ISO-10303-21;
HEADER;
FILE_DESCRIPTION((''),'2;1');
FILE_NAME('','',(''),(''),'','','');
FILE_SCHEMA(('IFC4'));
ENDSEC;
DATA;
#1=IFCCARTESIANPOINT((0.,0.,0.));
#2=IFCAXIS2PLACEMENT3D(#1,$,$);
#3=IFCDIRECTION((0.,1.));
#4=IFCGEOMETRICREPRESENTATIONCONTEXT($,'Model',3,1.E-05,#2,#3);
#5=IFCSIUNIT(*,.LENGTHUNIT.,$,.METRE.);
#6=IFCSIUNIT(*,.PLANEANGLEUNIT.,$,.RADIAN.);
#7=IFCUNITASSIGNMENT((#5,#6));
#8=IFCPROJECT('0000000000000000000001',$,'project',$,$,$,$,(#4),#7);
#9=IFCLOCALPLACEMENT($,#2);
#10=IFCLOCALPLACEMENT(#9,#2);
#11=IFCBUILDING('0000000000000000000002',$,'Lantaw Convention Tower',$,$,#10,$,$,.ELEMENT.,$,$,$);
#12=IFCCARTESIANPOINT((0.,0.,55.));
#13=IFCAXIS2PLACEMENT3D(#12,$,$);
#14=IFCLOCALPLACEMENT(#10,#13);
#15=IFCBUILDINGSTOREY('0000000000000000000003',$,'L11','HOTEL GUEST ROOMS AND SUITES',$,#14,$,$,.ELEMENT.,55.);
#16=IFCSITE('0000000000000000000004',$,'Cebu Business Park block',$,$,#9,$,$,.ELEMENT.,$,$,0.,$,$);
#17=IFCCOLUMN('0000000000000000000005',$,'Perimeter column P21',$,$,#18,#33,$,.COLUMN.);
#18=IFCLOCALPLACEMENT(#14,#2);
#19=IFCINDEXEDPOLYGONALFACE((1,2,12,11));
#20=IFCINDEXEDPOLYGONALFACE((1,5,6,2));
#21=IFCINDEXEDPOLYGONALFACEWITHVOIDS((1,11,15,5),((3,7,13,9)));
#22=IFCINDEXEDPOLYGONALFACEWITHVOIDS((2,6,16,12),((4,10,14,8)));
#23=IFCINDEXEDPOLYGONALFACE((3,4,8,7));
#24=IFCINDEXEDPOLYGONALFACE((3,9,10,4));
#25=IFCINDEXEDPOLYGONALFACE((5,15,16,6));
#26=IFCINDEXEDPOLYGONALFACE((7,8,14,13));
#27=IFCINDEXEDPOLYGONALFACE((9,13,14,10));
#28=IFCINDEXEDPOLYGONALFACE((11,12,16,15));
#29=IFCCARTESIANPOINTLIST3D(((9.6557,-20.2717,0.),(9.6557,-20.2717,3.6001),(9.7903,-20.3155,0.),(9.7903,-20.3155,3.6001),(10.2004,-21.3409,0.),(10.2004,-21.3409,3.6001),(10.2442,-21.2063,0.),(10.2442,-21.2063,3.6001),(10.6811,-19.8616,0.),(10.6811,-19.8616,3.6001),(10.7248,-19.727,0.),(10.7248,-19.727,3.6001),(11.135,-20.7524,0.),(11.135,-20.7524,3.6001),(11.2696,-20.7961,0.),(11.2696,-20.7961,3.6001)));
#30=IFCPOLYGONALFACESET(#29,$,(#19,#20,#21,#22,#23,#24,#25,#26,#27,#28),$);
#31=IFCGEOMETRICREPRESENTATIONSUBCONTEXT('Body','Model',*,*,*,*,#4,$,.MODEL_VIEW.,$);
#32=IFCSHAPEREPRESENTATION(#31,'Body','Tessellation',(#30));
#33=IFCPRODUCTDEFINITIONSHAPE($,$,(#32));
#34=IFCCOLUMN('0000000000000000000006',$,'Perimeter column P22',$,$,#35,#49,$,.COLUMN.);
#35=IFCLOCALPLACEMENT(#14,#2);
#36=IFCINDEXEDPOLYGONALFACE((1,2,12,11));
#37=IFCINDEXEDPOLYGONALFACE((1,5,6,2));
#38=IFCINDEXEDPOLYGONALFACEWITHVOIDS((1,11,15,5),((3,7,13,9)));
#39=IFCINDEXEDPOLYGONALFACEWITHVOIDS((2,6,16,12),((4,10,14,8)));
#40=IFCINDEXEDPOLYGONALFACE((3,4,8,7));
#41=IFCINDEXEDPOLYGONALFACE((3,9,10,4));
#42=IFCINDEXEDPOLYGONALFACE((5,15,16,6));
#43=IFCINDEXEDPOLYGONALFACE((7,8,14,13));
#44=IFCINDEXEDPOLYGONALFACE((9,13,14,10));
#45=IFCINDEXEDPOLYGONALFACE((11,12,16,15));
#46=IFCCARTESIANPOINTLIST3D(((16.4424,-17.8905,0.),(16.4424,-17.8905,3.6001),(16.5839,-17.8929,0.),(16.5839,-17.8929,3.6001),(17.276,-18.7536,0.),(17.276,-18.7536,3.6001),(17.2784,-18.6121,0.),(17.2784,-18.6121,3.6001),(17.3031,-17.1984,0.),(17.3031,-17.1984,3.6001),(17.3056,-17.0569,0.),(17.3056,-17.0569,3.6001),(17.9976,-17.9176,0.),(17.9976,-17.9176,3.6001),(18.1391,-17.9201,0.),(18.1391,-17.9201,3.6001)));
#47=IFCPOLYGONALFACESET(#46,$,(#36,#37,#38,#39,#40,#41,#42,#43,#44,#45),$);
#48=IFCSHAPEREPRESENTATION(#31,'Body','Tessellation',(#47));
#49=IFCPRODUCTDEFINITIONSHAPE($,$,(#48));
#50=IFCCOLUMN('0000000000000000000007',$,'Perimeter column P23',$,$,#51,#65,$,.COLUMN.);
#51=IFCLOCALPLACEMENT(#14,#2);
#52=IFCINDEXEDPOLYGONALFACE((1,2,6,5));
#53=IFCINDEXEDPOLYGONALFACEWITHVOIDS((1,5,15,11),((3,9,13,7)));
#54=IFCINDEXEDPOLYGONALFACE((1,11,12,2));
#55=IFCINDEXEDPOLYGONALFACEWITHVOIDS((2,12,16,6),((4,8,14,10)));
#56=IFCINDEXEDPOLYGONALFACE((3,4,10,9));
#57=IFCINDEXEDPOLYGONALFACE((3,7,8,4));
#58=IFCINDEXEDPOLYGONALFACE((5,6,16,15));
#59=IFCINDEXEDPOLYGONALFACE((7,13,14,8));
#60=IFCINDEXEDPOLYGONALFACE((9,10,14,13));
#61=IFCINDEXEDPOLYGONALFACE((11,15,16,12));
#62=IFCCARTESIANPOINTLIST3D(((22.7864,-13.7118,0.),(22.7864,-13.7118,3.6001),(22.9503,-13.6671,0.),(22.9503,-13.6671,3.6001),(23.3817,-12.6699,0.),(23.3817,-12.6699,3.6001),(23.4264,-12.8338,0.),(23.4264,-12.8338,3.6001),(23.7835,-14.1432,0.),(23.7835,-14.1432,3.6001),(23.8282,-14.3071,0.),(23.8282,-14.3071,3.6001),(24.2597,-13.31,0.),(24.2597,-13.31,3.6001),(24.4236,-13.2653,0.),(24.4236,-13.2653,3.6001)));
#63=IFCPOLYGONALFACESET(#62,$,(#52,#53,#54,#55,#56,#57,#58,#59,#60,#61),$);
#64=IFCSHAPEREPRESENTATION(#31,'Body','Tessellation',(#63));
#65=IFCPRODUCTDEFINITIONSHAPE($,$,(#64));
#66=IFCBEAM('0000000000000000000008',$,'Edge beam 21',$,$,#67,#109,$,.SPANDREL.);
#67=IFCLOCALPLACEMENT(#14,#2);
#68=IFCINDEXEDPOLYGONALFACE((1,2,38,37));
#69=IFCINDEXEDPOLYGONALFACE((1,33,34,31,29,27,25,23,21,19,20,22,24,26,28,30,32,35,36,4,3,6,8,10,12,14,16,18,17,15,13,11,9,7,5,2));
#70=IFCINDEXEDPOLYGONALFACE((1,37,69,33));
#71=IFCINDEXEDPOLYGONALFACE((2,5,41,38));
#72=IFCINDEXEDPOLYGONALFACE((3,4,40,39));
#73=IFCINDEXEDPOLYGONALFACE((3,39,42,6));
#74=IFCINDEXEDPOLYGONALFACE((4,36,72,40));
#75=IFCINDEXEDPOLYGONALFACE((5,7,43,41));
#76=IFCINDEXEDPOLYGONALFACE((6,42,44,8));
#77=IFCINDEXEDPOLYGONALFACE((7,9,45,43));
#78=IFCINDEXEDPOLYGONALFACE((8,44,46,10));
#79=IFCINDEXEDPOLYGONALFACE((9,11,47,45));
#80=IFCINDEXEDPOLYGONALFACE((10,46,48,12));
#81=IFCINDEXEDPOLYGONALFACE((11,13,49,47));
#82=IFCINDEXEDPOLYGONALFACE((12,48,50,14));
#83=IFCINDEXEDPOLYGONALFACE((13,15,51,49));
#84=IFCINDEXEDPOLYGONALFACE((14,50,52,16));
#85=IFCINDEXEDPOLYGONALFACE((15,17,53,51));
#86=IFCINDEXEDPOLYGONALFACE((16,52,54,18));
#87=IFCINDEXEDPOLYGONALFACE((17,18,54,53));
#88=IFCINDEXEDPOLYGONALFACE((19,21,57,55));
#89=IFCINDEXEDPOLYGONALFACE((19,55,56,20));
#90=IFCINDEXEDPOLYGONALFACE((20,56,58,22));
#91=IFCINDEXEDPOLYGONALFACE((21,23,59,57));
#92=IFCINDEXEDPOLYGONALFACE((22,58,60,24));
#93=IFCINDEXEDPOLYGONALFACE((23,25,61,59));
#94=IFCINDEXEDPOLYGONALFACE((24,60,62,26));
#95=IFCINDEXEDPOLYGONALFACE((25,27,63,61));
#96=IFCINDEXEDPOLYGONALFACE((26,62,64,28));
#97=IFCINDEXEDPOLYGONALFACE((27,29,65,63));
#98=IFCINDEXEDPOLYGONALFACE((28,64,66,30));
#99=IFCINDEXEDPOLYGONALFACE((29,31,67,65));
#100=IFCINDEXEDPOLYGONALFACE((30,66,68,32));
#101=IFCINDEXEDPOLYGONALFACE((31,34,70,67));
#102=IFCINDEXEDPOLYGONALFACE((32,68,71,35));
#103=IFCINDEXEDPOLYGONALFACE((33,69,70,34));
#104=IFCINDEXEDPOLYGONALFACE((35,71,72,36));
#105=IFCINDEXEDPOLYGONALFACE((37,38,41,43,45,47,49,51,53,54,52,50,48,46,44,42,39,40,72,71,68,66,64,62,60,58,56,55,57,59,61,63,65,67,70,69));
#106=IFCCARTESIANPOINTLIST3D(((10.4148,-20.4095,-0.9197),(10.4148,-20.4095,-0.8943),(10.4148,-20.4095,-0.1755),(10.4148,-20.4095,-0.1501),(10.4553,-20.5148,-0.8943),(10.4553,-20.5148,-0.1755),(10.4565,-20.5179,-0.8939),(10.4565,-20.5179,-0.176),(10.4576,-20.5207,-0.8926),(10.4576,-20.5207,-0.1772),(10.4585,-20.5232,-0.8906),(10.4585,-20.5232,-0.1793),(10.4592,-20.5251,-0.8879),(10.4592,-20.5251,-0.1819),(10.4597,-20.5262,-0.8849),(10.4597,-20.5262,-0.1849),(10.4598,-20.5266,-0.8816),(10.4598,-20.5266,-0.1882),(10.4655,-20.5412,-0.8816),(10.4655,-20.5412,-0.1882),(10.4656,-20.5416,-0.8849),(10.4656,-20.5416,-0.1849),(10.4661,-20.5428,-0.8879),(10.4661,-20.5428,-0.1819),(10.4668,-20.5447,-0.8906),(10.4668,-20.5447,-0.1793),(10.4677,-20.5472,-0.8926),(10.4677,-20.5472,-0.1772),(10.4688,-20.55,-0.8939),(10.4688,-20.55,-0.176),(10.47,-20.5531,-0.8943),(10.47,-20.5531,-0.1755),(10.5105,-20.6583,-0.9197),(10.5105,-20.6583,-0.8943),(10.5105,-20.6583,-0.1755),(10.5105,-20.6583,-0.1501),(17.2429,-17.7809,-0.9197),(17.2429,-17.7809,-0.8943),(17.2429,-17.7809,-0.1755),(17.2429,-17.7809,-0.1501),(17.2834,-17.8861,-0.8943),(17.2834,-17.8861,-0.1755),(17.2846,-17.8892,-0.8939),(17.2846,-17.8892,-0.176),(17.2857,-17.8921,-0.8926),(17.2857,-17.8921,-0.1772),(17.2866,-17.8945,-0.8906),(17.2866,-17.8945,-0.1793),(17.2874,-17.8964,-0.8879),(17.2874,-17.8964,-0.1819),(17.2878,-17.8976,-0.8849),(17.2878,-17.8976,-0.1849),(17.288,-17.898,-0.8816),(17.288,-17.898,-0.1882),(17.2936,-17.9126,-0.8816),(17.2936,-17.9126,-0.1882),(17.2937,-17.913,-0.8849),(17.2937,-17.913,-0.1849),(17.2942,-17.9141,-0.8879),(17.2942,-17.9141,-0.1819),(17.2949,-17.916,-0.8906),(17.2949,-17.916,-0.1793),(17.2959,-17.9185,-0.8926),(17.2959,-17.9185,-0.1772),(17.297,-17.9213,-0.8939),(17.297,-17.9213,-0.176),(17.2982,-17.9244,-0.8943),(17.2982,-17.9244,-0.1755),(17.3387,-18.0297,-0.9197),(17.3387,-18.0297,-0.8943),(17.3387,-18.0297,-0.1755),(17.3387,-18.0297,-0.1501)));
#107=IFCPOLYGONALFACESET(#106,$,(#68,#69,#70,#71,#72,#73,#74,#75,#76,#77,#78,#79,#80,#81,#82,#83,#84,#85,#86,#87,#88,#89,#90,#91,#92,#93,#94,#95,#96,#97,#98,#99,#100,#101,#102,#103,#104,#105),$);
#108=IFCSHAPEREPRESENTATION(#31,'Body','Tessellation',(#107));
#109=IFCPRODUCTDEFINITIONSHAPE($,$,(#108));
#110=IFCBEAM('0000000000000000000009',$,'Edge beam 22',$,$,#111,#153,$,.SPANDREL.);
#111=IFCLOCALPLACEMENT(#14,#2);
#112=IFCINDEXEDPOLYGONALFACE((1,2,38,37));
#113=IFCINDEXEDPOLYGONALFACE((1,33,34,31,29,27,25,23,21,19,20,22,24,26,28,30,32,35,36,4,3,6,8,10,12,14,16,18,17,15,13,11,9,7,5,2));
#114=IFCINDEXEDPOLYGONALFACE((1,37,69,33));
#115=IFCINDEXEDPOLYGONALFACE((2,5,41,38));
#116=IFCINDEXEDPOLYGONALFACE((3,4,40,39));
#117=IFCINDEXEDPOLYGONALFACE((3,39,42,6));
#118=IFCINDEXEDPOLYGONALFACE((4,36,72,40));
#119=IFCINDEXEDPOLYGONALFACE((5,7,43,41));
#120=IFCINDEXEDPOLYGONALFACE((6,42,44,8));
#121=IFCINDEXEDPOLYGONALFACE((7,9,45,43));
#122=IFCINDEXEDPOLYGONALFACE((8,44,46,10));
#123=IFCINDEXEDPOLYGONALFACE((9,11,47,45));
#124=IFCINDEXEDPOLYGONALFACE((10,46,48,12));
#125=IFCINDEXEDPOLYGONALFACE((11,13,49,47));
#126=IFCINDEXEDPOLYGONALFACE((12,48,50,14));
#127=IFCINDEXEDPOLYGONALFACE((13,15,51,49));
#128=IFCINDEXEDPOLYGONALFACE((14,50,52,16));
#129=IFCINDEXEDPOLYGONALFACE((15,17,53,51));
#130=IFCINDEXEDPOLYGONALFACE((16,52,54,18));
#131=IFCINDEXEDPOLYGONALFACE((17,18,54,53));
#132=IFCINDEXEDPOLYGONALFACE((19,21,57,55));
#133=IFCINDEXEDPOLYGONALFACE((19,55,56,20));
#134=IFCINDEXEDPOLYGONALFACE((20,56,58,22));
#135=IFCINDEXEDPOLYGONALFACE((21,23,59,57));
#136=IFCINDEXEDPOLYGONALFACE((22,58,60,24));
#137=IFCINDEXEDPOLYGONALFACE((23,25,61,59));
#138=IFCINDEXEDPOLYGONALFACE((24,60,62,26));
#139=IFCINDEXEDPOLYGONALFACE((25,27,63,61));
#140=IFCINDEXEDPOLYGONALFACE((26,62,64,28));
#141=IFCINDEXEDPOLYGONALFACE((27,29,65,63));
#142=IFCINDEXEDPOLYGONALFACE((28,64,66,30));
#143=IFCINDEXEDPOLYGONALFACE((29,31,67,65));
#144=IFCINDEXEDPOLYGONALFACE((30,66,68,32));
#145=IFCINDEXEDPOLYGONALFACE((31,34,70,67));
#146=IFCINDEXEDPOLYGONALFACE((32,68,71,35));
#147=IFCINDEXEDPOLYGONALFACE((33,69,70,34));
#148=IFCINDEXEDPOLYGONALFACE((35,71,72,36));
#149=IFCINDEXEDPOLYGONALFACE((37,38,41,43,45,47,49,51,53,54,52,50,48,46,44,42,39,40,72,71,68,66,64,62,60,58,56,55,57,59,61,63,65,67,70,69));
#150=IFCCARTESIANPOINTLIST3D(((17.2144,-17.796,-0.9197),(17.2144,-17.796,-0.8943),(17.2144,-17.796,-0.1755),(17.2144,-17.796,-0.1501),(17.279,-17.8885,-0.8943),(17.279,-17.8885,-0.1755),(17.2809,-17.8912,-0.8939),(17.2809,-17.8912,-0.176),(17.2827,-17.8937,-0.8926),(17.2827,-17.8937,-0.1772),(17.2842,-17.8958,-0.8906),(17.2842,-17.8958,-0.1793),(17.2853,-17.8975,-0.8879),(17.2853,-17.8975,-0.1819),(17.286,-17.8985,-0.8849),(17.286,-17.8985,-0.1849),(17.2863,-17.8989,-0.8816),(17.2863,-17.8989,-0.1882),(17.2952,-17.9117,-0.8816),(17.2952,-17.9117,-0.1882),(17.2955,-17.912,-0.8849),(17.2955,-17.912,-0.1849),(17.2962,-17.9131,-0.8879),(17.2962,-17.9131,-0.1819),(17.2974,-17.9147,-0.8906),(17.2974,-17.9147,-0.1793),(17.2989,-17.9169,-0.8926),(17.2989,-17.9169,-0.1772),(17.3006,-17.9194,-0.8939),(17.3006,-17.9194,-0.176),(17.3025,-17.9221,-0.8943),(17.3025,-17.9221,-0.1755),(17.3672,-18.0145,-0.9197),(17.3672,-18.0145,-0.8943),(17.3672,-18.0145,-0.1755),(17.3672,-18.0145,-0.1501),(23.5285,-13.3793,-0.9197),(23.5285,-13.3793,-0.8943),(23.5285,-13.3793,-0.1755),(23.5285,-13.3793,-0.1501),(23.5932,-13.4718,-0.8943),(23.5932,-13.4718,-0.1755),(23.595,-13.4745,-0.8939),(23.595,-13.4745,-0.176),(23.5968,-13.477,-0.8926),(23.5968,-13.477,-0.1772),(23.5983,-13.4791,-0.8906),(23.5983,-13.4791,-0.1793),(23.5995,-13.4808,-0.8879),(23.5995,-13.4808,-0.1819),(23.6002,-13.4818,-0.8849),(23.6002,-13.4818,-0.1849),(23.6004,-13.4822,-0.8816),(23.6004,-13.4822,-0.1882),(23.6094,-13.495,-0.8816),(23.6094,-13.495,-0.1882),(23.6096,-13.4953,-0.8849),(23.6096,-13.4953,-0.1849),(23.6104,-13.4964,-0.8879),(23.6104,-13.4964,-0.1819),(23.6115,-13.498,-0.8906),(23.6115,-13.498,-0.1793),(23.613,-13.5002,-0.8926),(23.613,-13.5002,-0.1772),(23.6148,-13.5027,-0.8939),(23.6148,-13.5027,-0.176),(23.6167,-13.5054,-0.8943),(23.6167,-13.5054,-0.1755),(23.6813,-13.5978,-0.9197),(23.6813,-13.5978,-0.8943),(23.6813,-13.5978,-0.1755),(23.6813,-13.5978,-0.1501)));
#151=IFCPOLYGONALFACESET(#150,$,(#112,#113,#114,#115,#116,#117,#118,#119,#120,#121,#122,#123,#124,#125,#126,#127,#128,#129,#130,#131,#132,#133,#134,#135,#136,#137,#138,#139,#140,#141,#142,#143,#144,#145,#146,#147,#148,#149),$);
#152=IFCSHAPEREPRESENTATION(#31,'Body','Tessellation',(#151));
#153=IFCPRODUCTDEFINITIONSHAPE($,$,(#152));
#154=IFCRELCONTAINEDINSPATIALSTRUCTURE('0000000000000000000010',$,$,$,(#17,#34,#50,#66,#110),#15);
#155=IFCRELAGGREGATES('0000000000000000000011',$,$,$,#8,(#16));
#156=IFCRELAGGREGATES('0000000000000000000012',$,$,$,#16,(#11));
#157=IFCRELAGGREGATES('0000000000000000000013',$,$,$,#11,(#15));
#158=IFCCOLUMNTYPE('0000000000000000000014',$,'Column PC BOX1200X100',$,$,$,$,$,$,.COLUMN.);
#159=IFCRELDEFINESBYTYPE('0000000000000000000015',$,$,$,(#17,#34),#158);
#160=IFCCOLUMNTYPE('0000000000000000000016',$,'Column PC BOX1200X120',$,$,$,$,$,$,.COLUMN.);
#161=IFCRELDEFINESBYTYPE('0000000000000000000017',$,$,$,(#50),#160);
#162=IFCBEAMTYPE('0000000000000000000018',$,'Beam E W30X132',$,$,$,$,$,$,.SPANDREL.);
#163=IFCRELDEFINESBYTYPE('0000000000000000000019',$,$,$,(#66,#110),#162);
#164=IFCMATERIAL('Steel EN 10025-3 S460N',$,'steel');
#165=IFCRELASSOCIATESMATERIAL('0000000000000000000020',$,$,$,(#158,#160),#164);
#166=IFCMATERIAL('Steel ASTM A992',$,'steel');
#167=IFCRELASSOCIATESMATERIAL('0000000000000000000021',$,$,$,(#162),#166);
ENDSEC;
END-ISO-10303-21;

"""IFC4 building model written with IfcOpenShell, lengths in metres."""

from ifc_helpers import new_model, si_unit, direction, frame, origin, origin_2d, place, context, subcontext, project, spatial, rectangle, hollow_rectangle, i_section, extrude, material, material_profile, profile_set, type_object, element, save


model = new_model("IFC4")

# Units and contexts
model_context = context("Model", 3, precision=1e-05, world=origin(), true_north=direction((0.0, 1.0)))
body_context = subcontext(model_context, "Body", "Model", "MODEL_VIEW")
ifc_project = project(units=[si_unit("LENGTHUNIT", "METRE"), si_unit("PLANEANGLEUNIT", "RADIAN")], contexts=[model_context])

# Site, building, storey
site_placement = place(None, origin())
site = spatial("IfcSite", under=ifc_project, at=site_placement, Name="Cebu Business Park block", CompositionType="ELEMENT", RefElevation=0.0)
building_placement = place(site_placement, origin())
building = spatial("IfcBuilding", under=site, at=building_placement, Name="Lantaw Convention Tower", CompositionType="ELEMENT")
storey_placement = place(building_placement, frame((0.0, 0.0, 55.0)))
storey = spatial("IfcBuildingStorey", under=building, at=storey_placement, Name="L11", Description="HOTEL GUEST ROOMS AND SUITES", CompositionType="ELEMENT", Elevation=55.0)

# Columns
ifc_material_1 = material(Name="Steel EN 10025-3 S460N", Category="steel")
ifc_material_profile_1 = material_profile(ifc_material_1, hollow_rectangle(XDim=1.2, YDim=1.2, WallThickness=0.1001, at=origin_2d()), Name="BOX1200X100")
ifc_material_2 = material(Name="Concrete C60/75", Category="concrete")
ifc_material_profile_2 = material_profile(ifc_material_2, rectangle(XDim=1.0, YDim=1.0, at=origin_2d()), Name="Concrete fill of BOX1200X100")
ifc_profile_set_1 = profile_set([ifc_material_profile_1, ifc_material_profile_2], Name="Steel EN 10025-3 S460N")
column_type_1 = type_object("IfcColumnType", Name="Column PC BOX1200X100", PredefinedType="COLUMN", material=ifc_profile_set_1)
for number, where, z_axis, x_axis, name in (
    (1, (10.4626, -20.5339, 0.0), (0.0, 0.0, 1.0), (0.891007, 0.45399, 0.0), "Perimeter column P21"),
    (2, (17.2908, -17.9053, 0.0), (0.0, 0.0, 1.0), (0.71934, 0.694658, 0.0), "Perimeter column P22"),
):
    element("IfcColumn", number, at=place(storey_placement, frame(where, z_axis=z_axis, x_axis=x_axis)), inside=storey, type_object=column_type_1, Name=name, PredefinedType="COLUMN", context=body_context, shape_type="SweptSolid", body=[
        extrude(hollow_rectangle(XDim=1.2, YDim=1.2, WallThickness=0.1001, at=origin_2d()), origin(), (0.0, 0.0, 1.0), 3.6001),
    ])
ifc_material_profile_3 = material_profile(ifc_material_1, hollow_rectangle(XDim=1.2, YDim=1.2, WallThickness=0.1201, at=origin_2d()), Name="BOX1200X120")
ifc_material_profile_4 = material_profile(ifc_material_2, rectangle(XDim=0.96, YDim=0.96, at=origin_2d()), Name="Concrete fill of BOX1200X120")
ifc_profile_set_2 = profile_set([ifc_material_profile_3, ifc_material_profile_4], Name="Steel EN 10025-3 S460N")
column_type_2 = type_object("IfcColumnType", Name="Column PC BOX1200X120", PredefinedType="COLUMN", material=ifc_profile_set_2)
column_placement = place(storey_placement, frame((23.605, -13.4885, 0.0), z_axis=(0.0, 0.0, 1.0), x_axis=(0.496139, 0.868243, 0.0)))
element("IfcColumn", 3, at=column_placement, inside=storey, type_object=column_type_2, Name="Perimeter column P23", PredefinedType="COLUMN", context=body_context, shape_type="SweptSolid", body=[
    extrude(hollow_rectangle(XDim=1.2, YDim=1.2, WallThickness=0.1201, at=origin_2d()), origin(), (0.0, 0.0, 1.0), 3.6001),
])

# Beams
ifc_material_3 = material(Name="Steel ASTM A992", Category="steel")
ifc_material_profile_5 = material_profile(ifc_material_3, i_section(OverallWidth=0.2666, OverallDepth=0.7695, WebThickness=0.0156, FlangeThickness=0.0254, FilletRadius=0.0127, at=origin_2d()), Name="W30X132")
ifc_profile_set_3 = profile_set([ifc_material_profile_5], Name="Steel ASTM A992")
beam_type_1 = type_object("IfcBeamType", Name="Beam E W30X132", PredefinedType="SPANDREL", material=ifc_profile_set_3)
beam_1_placement = place(storey_placement, frame((10.4626, -20.5339, -0.5349), z_axis=(0.933233, 0.359272, 0.0), x_axis=(-0.359272, 0.933233, 0.0)))
element("IfcBeam", 4, at=beam_1_placement, inside=storey, type_object=beam_type_1, Name="Edge beam 21", PredefinedType="SPANDREL", context=body_context, shape_type="SweptSolid", body=[
    extrude(i_section(OverallWidth=0.2666, OverallDepth=0.7695, WebThickness=0.0156, FlangeThickness=0.0254, FilletRadius=0.0127, at=origin_2d()), origin(), (0.0, 0.0, 1.0), 7.3167),
])
beam_2_placement = place(storey_placement, frame((17.2908, -17.9053, -0.5349), z_axis=(0.819427, 0.573184, 0.0), x_axis=(-0.573184, 0.819427, 0.0)))
element("IfcBeam", 5, at=beam_2_placement, inside=storey, type_object=beam_type_1, Name="Edge beam 22", PredefinedType="SPANDREL", context=body_context, shape_type="SweptSolid", body=[
    extrude(i_section(OverallWidth=0.2666, OverallDepth=0.7695, WebThickness=0.0156, FlangeThickness=0.0254, FilletRadius=0.0127, at=origin_2d()), origin(), (0.0, 0.0, 1.0), 7.7056),
])

save(model, "model.ifc")
